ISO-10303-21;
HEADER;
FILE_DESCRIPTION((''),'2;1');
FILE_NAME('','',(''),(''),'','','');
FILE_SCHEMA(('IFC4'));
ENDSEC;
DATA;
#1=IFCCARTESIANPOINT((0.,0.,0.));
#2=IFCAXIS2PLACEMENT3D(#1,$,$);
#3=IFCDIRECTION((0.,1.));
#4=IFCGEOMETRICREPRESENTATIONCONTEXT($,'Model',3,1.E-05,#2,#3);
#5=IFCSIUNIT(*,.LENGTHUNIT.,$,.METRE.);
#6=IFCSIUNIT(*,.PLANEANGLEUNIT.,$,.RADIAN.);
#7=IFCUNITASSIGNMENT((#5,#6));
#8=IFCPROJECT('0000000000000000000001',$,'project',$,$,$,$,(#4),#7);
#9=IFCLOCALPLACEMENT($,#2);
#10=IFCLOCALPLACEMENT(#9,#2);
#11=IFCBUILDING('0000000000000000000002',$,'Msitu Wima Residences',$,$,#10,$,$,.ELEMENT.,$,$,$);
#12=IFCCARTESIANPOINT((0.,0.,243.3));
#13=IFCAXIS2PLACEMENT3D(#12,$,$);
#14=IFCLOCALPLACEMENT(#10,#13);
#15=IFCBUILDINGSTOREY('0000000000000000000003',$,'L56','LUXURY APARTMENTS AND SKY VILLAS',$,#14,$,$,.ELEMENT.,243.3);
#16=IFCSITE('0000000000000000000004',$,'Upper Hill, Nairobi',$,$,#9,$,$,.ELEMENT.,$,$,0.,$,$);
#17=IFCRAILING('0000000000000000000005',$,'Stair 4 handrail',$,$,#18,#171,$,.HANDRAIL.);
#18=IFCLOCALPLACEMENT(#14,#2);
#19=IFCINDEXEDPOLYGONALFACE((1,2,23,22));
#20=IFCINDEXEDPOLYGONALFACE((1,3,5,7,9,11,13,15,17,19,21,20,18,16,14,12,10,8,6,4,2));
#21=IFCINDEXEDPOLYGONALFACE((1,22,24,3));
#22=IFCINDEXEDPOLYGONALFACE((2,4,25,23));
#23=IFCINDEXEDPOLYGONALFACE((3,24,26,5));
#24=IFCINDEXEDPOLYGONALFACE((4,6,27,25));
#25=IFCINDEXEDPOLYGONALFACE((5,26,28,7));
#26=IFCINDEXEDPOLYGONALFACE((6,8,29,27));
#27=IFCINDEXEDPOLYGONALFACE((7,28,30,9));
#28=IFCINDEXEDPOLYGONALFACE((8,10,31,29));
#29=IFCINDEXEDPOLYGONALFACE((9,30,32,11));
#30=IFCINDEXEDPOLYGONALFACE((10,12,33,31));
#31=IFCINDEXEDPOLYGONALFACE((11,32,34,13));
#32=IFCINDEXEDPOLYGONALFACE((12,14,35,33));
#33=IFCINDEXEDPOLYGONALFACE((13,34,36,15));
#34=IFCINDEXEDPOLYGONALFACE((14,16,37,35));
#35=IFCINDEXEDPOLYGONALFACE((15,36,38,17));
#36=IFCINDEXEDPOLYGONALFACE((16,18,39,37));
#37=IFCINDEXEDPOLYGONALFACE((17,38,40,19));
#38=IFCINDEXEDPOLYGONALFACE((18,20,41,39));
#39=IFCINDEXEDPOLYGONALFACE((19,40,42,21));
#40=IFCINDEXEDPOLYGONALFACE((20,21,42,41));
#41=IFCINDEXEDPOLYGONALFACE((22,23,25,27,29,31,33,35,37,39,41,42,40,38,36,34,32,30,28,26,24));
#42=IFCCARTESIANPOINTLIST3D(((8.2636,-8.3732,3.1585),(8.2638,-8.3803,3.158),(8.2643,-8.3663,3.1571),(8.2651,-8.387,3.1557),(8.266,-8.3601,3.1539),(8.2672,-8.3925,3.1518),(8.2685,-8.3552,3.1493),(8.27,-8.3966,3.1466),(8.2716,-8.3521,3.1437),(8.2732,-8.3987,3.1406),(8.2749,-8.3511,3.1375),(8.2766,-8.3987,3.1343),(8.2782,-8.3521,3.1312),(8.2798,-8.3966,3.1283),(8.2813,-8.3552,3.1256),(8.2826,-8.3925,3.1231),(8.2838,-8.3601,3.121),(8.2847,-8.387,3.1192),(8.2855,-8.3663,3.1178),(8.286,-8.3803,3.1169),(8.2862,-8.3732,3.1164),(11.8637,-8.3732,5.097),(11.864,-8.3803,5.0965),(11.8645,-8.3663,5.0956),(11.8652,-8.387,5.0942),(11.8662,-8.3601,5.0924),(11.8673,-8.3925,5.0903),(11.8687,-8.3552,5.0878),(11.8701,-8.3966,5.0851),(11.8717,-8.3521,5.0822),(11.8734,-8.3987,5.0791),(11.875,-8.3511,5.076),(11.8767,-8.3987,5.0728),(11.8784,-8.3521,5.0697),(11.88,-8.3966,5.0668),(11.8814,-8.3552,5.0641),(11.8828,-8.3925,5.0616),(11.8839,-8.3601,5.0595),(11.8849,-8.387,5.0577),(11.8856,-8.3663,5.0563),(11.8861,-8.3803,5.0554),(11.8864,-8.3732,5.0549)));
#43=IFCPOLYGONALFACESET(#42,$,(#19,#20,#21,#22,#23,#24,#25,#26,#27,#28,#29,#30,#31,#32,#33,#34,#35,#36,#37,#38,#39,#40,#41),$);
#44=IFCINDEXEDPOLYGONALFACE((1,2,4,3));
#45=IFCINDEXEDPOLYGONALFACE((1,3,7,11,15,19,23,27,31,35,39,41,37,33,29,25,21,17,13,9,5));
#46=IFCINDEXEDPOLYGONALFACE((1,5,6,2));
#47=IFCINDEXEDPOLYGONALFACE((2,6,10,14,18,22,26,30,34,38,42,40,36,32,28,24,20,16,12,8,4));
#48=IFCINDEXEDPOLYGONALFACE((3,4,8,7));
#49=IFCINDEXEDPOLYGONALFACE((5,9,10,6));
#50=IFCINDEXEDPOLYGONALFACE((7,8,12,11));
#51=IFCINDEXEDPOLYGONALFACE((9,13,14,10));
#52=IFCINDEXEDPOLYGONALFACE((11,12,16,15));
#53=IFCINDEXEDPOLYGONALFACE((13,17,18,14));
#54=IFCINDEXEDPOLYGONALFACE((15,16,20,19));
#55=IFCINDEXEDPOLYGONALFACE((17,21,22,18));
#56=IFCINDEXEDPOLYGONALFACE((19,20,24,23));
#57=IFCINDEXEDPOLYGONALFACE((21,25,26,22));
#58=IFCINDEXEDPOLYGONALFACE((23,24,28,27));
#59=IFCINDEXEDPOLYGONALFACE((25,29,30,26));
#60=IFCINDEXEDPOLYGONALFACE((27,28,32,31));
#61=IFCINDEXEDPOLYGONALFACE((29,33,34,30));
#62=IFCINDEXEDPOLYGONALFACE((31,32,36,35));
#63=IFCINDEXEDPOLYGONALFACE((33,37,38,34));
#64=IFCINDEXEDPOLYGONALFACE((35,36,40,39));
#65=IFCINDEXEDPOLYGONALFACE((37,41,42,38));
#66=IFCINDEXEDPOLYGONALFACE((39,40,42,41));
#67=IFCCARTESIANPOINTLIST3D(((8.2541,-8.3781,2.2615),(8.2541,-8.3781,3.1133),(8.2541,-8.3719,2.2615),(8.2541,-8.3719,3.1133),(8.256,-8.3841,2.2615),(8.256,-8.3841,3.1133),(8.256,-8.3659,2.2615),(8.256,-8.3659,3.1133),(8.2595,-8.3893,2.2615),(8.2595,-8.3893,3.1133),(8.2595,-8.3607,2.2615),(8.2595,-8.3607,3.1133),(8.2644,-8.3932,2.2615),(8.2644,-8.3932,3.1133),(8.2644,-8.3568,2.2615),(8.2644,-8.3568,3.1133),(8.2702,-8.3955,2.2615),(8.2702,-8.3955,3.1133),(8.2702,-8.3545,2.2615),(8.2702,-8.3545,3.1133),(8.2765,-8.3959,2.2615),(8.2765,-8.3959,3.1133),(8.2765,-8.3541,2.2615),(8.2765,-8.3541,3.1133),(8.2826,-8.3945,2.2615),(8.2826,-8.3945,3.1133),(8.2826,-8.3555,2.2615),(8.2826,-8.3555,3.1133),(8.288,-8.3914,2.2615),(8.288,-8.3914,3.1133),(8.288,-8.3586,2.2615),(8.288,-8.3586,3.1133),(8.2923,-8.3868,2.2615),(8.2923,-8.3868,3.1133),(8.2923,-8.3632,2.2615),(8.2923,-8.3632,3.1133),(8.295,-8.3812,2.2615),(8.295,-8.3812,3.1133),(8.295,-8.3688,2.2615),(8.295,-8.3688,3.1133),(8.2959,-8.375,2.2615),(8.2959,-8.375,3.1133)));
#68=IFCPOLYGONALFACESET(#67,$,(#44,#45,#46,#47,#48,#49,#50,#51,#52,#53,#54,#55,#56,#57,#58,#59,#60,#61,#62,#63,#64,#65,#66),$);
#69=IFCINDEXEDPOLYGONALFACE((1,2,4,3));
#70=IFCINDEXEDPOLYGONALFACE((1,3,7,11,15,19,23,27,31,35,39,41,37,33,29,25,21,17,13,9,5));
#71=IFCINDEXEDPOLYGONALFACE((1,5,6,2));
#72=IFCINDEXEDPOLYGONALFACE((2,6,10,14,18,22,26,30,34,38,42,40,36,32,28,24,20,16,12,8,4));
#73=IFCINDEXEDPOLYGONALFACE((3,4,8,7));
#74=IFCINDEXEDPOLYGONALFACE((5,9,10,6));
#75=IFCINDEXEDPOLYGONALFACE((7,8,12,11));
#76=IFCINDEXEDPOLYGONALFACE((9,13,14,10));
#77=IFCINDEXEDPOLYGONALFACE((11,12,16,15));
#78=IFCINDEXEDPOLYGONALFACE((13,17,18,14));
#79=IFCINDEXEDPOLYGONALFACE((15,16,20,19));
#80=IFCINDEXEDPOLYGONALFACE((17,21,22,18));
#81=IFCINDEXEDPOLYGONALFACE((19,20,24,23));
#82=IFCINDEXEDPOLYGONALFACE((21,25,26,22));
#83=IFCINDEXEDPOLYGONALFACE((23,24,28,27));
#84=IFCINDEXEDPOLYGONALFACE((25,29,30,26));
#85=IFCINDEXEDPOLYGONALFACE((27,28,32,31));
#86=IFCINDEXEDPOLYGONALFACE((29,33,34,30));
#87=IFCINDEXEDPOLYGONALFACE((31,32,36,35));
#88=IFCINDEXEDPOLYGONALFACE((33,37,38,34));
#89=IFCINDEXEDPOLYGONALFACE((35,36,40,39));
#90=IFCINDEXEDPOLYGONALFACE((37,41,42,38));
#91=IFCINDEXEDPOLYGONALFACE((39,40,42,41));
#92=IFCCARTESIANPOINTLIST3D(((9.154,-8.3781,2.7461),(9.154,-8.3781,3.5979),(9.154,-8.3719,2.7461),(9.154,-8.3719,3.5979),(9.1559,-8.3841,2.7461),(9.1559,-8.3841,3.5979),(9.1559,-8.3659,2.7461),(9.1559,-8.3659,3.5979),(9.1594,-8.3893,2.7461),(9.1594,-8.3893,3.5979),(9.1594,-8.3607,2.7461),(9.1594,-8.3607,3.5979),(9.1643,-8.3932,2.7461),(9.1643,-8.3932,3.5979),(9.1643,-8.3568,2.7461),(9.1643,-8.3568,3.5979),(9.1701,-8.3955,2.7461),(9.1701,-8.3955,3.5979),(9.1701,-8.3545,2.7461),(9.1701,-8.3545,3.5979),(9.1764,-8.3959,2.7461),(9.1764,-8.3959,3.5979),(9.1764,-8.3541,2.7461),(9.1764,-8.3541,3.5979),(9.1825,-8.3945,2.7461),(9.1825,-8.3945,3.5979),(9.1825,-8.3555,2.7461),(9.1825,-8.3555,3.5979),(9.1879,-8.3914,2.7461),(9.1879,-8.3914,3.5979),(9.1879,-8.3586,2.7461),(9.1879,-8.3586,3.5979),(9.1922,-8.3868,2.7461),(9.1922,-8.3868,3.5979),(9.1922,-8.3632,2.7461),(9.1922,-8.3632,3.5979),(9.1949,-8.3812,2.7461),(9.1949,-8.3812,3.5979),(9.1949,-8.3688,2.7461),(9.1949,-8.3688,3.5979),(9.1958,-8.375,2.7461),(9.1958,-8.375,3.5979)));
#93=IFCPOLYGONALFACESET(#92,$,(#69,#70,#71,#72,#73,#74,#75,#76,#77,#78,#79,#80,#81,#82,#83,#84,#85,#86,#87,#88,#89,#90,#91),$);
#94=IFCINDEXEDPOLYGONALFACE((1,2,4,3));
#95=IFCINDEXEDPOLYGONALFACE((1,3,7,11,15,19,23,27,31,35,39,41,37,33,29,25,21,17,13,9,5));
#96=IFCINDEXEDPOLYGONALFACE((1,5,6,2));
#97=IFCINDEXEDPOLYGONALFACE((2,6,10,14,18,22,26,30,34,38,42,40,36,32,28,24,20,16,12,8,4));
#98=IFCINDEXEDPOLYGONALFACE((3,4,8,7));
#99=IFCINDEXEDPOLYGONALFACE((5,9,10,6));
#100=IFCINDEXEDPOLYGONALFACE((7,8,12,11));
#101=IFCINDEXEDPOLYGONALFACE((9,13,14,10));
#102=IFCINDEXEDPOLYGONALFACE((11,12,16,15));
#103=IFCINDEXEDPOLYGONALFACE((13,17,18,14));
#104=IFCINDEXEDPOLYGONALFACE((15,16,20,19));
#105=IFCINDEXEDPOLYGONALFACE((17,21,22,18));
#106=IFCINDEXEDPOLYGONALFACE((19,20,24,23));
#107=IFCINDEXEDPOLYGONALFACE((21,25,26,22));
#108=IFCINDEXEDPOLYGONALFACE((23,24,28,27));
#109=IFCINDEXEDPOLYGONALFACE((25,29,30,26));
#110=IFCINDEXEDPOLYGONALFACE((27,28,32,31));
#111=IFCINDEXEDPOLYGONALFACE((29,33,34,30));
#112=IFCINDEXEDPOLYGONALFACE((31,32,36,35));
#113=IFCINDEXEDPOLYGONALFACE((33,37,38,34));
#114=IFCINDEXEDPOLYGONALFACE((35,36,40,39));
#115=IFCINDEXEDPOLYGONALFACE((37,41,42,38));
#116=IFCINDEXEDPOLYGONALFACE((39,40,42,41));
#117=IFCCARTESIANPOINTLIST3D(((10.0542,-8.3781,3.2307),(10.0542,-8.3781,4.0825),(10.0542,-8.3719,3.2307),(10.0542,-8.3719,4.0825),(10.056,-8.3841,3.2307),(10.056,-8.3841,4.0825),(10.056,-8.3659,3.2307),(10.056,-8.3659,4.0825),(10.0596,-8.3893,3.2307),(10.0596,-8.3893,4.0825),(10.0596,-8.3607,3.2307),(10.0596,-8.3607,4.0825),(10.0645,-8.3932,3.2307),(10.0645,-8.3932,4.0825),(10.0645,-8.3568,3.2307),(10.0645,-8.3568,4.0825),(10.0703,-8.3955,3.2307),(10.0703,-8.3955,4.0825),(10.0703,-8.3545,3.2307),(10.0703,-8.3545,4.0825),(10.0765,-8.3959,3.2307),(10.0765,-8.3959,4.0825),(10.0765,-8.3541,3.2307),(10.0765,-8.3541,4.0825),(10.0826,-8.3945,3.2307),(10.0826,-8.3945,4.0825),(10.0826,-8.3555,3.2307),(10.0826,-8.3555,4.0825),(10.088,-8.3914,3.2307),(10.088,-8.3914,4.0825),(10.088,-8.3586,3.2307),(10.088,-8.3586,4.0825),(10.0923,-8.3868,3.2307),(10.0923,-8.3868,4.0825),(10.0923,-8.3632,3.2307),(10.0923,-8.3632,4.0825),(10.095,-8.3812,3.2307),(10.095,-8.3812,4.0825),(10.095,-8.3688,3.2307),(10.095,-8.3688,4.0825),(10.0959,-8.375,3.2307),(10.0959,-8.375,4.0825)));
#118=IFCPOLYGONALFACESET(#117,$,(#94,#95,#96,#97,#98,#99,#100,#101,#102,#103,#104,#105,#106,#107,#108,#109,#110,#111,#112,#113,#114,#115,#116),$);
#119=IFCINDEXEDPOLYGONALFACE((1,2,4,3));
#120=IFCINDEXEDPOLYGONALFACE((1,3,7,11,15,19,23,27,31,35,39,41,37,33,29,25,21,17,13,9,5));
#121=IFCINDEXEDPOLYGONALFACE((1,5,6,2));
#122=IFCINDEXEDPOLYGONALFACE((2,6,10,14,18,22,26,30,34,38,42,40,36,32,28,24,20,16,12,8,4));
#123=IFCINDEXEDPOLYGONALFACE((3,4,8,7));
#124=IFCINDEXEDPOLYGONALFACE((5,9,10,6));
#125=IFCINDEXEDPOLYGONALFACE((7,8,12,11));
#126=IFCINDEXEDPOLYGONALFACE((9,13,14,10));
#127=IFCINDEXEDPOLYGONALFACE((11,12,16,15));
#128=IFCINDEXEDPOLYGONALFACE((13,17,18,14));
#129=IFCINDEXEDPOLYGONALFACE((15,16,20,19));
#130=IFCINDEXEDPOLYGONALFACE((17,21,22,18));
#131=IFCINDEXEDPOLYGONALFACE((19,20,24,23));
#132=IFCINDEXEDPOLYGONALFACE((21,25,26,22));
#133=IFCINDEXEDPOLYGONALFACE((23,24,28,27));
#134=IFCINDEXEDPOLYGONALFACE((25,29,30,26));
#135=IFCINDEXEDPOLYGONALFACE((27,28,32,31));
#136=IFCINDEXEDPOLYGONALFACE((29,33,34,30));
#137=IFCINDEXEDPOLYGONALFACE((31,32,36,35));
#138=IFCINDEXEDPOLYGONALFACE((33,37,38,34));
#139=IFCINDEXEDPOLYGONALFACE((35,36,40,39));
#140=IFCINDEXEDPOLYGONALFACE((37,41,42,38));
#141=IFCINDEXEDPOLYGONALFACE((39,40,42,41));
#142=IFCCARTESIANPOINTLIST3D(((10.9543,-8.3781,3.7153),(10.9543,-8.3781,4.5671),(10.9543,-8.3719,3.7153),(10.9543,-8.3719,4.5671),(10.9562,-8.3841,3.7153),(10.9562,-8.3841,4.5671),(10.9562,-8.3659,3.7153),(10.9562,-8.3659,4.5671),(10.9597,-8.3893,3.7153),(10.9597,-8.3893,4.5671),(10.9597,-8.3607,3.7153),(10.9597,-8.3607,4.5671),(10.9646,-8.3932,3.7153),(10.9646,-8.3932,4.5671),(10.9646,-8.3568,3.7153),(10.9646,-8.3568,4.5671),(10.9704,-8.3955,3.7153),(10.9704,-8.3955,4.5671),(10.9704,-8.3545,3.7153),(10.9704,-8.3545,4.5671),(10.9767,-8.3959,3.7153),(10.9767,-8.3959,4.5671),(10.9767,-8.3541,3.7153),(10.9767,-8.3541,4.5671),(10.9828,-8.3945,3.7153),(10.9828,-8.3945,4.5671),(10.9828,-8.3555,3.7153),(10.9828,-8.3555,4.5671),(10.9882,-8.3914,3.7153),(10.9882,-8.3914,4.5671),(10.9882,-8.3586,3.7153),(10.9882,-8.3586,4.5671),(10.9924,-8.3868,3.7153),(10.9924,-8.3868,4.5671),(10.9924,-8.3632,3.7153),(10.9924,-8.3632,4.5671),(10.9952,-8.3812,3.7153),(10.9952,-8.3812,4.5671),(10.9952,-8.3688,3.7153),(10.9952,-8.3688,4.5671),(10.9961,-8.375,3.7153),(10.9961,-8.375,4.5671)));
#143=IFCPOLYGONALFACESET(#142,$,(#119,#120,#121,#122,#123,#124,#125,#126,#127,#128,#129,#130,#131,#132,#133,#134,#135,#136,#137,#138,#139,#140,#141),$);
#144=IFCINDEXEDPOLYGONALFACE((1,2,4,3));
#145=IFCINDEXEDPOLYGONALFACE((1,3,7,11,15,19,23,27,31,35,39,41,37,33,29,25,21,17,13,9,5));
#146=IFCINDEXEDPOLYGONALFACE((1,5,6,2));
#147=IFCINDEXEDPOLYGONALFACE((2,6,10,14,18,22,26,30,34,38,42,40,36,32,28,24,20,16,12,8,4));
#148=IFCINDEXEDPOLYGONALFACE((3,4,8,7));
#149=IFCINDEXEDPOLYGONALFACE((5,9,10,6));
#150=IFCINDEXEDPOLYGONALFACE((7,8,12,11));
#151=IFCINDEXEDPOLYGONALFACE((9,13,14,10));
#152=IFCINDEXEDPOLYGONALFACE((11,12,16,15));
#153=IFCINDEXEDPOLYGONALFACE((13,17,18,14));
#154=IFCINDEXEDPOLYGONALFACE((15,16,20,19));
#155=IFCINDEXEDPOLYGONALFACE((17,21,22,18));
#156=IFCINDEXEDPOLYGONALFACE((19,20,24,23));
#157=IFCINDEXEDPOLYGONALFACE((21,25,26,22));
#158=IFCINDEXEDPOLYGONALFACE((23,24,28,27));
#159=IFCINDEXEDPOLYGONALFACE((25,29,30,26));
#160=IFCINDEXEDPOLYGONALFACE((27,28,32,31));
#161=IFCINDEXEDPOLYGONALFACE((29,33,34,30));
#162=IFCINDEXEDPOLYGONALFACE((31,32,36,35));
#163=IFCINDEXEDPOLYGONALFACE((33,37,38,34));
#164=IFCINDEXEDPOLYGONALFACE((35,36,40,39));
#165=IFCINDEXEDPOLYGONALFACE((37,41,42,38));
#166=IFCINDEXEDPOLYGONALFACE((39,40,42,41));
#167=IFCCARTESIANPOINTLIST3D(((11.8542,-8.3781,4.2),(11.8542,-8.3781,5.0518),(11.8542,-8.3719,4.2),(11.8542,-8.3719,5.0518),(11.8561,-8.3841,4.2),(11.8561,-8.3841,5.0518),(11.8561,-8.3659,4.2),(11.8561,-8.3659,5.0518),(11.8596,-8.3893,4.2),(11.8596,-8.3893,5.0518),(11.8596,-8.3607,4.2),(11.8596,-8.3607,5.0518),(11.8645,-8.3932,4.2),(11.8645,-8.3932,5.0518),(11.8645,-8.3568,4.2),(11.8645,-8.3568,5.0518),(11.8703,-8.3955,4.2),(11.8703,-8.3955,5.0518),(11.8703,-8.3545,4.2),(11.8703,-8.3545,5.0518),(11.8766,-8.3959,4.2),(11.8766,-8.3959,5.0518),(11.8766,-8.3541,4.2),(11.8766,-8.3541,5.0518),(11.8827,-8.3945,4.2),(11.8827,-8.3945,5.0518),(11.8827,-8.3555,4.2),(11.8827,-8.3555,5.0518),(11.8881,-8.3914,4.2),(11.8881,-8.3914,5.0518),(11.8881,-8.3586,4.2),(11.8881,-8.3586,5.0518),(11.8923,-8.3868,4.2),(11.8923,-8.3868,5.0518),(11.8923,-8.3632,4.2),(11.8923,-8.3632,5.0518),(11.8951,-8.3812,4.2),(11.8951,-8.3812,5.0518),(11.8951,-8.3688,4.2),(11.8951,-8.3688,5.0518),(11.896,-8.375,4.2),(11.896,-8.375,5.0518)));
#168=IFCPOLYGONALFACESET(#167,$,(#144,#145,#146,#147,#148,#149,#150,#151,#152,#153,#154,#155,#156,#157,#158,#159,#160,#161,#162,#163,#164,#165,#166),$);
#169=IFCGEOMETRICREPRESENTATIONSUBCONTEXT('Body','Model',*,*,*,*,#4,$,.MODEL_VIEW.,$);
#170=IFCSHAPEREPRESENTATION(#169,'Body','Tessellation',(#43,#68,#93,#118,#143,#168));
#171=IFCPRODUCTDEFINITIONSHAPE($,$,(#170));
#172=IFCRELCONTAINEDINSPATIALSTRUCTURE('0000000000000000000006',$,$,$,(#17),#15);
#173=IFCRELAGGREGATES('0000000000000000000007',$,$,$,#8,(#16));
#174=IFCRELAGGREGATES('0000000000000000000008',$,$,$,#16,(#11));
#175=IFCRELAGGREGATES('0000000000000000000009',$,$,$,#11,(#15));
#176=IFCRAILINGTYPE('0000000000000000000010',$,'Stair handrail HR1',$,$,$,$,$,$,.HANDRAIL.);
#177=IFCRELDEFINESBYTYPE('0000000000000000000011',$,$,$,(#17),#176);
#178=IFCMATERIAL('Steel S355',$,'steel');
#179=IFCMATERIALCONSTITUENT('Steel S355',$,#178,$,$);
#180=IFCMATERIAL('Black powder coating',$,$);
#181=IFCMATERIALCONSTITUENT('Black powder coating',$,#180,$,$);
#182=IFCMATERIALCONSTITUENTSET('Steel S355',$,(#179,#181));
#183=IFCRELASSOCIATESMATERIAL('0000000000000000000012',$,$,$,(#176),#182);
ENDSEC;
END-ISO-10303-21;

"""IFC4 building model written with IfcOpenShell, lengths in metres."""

from ifc_helpers import new_model, si_unit, direction, frame, origin, origin_2d, place, context, subcontext, project, spatial, circle, extrude, material, constituent, constituent_set, type_object, element, save


model = new_model("IFC4")

# Units and contexts
model_context = context("Model", 3, precision=1e-05, world=origin(), true_north=direction((0.0, 1.0)))
body_context = subcontext(model_context, "Body", "Model", "MODEL_VIEW")
ifc_project = project(units=[si_unit("LENGTHUNIT", "METRE"), si_unit("PLANEANGLEUNIT", "RADIAN")], contexts=[model_context])

# Site, building, storey
site_placement = place(None, origin())
site = spatial("IfcSite", under=ifc_project, at=site_placement, Name="Upper Hill, Nairobi", CompositionType="ELEMENT", RefElevation=0.0)
building_placement = place(site_placement, origin())
building = spatial("IfcBuilding", under=site, at=building_placement, Name="Msitu Wima Residences", CompositionType="ELEMENT")
storey_placement = place(building_placement, frame((0.0, 0.0, 243.3)))
storey = spatial("IfcBuildingStorey", under=building, at=storey_placement, Name="L56", Description="LUXURY APARTMENTS AND SKY VILLAS", CompositionType="ELEMENT", Elevation=243.3)

# Railing
ifc_material_1 = material(Name="Steel S355", Category="steel")
ifc_constituent_1 = constituent(ifc_material_1, Name="Steel S355")
ifc_material_2 = material(Name="Black powder coating")
ifc_constituent_2 = constituent(ifc_material_2, Name="Black powder coating")
ifc_constituent_set = constituent_set(constituents=[ifc_constituent_1, ifc_constituent_2], Name="Steel S355")
railing_type = type_object("IfcRailingType", Name="Stair handrail HR1", PredefinedType="HANDRAIL", material=ifc_constituent_set)
for number, where, name in (
    (1, (8.2749, -8.375, 2.2615), "Stair 4 handrail"),
):
    element("IfcRailing", number, at=place(storey_placement, frame(where)), inside=storey, type_object=railing_type, Name=name, PredefinedType="HANDRAIL", context=body_context, shape_type="SweptSolid", body=[
        extrude(circle(Radius=0.0239, at=origin_2d()), frame((0.0, 0.0, 0.876), z_axis=(0.880475, 0.0, 0.474093), x_axis=(0.0, 1.0, 0.0)), (0.0, 0.0, 1.0), 4.0889),
        extrude(circle(Radius=0.021, at=origin_2d()), origin(), (0.0, 0.0, 1.0), 0.8518),
        extrude(circle(Radius=0.021, at=origin_2d()), frame((0.8999, 0.0, 0.4846)), (0.0, 0.0, 1.0), 0.8518),
        extrude(circle(Radius=0.021, at=origin_2d()), frame((1.8, 0.0, 0.9692)), (0.0, 0.0, 1.0), 0.8518),
        extrude(circle(Radius=0.021, at=origin_2d()), frame((2.7002, 0.0, 1.4539)), (0.0, 0.0, 1.0), 0.8518),
        extrude(circle(Radius=0.021, at=origin_2d()), frame((3.6001, 0.0, 1.9385)), (0.0, 0.0, 1.0), 0.8518),
    ])

save(model, "model.ifc")
